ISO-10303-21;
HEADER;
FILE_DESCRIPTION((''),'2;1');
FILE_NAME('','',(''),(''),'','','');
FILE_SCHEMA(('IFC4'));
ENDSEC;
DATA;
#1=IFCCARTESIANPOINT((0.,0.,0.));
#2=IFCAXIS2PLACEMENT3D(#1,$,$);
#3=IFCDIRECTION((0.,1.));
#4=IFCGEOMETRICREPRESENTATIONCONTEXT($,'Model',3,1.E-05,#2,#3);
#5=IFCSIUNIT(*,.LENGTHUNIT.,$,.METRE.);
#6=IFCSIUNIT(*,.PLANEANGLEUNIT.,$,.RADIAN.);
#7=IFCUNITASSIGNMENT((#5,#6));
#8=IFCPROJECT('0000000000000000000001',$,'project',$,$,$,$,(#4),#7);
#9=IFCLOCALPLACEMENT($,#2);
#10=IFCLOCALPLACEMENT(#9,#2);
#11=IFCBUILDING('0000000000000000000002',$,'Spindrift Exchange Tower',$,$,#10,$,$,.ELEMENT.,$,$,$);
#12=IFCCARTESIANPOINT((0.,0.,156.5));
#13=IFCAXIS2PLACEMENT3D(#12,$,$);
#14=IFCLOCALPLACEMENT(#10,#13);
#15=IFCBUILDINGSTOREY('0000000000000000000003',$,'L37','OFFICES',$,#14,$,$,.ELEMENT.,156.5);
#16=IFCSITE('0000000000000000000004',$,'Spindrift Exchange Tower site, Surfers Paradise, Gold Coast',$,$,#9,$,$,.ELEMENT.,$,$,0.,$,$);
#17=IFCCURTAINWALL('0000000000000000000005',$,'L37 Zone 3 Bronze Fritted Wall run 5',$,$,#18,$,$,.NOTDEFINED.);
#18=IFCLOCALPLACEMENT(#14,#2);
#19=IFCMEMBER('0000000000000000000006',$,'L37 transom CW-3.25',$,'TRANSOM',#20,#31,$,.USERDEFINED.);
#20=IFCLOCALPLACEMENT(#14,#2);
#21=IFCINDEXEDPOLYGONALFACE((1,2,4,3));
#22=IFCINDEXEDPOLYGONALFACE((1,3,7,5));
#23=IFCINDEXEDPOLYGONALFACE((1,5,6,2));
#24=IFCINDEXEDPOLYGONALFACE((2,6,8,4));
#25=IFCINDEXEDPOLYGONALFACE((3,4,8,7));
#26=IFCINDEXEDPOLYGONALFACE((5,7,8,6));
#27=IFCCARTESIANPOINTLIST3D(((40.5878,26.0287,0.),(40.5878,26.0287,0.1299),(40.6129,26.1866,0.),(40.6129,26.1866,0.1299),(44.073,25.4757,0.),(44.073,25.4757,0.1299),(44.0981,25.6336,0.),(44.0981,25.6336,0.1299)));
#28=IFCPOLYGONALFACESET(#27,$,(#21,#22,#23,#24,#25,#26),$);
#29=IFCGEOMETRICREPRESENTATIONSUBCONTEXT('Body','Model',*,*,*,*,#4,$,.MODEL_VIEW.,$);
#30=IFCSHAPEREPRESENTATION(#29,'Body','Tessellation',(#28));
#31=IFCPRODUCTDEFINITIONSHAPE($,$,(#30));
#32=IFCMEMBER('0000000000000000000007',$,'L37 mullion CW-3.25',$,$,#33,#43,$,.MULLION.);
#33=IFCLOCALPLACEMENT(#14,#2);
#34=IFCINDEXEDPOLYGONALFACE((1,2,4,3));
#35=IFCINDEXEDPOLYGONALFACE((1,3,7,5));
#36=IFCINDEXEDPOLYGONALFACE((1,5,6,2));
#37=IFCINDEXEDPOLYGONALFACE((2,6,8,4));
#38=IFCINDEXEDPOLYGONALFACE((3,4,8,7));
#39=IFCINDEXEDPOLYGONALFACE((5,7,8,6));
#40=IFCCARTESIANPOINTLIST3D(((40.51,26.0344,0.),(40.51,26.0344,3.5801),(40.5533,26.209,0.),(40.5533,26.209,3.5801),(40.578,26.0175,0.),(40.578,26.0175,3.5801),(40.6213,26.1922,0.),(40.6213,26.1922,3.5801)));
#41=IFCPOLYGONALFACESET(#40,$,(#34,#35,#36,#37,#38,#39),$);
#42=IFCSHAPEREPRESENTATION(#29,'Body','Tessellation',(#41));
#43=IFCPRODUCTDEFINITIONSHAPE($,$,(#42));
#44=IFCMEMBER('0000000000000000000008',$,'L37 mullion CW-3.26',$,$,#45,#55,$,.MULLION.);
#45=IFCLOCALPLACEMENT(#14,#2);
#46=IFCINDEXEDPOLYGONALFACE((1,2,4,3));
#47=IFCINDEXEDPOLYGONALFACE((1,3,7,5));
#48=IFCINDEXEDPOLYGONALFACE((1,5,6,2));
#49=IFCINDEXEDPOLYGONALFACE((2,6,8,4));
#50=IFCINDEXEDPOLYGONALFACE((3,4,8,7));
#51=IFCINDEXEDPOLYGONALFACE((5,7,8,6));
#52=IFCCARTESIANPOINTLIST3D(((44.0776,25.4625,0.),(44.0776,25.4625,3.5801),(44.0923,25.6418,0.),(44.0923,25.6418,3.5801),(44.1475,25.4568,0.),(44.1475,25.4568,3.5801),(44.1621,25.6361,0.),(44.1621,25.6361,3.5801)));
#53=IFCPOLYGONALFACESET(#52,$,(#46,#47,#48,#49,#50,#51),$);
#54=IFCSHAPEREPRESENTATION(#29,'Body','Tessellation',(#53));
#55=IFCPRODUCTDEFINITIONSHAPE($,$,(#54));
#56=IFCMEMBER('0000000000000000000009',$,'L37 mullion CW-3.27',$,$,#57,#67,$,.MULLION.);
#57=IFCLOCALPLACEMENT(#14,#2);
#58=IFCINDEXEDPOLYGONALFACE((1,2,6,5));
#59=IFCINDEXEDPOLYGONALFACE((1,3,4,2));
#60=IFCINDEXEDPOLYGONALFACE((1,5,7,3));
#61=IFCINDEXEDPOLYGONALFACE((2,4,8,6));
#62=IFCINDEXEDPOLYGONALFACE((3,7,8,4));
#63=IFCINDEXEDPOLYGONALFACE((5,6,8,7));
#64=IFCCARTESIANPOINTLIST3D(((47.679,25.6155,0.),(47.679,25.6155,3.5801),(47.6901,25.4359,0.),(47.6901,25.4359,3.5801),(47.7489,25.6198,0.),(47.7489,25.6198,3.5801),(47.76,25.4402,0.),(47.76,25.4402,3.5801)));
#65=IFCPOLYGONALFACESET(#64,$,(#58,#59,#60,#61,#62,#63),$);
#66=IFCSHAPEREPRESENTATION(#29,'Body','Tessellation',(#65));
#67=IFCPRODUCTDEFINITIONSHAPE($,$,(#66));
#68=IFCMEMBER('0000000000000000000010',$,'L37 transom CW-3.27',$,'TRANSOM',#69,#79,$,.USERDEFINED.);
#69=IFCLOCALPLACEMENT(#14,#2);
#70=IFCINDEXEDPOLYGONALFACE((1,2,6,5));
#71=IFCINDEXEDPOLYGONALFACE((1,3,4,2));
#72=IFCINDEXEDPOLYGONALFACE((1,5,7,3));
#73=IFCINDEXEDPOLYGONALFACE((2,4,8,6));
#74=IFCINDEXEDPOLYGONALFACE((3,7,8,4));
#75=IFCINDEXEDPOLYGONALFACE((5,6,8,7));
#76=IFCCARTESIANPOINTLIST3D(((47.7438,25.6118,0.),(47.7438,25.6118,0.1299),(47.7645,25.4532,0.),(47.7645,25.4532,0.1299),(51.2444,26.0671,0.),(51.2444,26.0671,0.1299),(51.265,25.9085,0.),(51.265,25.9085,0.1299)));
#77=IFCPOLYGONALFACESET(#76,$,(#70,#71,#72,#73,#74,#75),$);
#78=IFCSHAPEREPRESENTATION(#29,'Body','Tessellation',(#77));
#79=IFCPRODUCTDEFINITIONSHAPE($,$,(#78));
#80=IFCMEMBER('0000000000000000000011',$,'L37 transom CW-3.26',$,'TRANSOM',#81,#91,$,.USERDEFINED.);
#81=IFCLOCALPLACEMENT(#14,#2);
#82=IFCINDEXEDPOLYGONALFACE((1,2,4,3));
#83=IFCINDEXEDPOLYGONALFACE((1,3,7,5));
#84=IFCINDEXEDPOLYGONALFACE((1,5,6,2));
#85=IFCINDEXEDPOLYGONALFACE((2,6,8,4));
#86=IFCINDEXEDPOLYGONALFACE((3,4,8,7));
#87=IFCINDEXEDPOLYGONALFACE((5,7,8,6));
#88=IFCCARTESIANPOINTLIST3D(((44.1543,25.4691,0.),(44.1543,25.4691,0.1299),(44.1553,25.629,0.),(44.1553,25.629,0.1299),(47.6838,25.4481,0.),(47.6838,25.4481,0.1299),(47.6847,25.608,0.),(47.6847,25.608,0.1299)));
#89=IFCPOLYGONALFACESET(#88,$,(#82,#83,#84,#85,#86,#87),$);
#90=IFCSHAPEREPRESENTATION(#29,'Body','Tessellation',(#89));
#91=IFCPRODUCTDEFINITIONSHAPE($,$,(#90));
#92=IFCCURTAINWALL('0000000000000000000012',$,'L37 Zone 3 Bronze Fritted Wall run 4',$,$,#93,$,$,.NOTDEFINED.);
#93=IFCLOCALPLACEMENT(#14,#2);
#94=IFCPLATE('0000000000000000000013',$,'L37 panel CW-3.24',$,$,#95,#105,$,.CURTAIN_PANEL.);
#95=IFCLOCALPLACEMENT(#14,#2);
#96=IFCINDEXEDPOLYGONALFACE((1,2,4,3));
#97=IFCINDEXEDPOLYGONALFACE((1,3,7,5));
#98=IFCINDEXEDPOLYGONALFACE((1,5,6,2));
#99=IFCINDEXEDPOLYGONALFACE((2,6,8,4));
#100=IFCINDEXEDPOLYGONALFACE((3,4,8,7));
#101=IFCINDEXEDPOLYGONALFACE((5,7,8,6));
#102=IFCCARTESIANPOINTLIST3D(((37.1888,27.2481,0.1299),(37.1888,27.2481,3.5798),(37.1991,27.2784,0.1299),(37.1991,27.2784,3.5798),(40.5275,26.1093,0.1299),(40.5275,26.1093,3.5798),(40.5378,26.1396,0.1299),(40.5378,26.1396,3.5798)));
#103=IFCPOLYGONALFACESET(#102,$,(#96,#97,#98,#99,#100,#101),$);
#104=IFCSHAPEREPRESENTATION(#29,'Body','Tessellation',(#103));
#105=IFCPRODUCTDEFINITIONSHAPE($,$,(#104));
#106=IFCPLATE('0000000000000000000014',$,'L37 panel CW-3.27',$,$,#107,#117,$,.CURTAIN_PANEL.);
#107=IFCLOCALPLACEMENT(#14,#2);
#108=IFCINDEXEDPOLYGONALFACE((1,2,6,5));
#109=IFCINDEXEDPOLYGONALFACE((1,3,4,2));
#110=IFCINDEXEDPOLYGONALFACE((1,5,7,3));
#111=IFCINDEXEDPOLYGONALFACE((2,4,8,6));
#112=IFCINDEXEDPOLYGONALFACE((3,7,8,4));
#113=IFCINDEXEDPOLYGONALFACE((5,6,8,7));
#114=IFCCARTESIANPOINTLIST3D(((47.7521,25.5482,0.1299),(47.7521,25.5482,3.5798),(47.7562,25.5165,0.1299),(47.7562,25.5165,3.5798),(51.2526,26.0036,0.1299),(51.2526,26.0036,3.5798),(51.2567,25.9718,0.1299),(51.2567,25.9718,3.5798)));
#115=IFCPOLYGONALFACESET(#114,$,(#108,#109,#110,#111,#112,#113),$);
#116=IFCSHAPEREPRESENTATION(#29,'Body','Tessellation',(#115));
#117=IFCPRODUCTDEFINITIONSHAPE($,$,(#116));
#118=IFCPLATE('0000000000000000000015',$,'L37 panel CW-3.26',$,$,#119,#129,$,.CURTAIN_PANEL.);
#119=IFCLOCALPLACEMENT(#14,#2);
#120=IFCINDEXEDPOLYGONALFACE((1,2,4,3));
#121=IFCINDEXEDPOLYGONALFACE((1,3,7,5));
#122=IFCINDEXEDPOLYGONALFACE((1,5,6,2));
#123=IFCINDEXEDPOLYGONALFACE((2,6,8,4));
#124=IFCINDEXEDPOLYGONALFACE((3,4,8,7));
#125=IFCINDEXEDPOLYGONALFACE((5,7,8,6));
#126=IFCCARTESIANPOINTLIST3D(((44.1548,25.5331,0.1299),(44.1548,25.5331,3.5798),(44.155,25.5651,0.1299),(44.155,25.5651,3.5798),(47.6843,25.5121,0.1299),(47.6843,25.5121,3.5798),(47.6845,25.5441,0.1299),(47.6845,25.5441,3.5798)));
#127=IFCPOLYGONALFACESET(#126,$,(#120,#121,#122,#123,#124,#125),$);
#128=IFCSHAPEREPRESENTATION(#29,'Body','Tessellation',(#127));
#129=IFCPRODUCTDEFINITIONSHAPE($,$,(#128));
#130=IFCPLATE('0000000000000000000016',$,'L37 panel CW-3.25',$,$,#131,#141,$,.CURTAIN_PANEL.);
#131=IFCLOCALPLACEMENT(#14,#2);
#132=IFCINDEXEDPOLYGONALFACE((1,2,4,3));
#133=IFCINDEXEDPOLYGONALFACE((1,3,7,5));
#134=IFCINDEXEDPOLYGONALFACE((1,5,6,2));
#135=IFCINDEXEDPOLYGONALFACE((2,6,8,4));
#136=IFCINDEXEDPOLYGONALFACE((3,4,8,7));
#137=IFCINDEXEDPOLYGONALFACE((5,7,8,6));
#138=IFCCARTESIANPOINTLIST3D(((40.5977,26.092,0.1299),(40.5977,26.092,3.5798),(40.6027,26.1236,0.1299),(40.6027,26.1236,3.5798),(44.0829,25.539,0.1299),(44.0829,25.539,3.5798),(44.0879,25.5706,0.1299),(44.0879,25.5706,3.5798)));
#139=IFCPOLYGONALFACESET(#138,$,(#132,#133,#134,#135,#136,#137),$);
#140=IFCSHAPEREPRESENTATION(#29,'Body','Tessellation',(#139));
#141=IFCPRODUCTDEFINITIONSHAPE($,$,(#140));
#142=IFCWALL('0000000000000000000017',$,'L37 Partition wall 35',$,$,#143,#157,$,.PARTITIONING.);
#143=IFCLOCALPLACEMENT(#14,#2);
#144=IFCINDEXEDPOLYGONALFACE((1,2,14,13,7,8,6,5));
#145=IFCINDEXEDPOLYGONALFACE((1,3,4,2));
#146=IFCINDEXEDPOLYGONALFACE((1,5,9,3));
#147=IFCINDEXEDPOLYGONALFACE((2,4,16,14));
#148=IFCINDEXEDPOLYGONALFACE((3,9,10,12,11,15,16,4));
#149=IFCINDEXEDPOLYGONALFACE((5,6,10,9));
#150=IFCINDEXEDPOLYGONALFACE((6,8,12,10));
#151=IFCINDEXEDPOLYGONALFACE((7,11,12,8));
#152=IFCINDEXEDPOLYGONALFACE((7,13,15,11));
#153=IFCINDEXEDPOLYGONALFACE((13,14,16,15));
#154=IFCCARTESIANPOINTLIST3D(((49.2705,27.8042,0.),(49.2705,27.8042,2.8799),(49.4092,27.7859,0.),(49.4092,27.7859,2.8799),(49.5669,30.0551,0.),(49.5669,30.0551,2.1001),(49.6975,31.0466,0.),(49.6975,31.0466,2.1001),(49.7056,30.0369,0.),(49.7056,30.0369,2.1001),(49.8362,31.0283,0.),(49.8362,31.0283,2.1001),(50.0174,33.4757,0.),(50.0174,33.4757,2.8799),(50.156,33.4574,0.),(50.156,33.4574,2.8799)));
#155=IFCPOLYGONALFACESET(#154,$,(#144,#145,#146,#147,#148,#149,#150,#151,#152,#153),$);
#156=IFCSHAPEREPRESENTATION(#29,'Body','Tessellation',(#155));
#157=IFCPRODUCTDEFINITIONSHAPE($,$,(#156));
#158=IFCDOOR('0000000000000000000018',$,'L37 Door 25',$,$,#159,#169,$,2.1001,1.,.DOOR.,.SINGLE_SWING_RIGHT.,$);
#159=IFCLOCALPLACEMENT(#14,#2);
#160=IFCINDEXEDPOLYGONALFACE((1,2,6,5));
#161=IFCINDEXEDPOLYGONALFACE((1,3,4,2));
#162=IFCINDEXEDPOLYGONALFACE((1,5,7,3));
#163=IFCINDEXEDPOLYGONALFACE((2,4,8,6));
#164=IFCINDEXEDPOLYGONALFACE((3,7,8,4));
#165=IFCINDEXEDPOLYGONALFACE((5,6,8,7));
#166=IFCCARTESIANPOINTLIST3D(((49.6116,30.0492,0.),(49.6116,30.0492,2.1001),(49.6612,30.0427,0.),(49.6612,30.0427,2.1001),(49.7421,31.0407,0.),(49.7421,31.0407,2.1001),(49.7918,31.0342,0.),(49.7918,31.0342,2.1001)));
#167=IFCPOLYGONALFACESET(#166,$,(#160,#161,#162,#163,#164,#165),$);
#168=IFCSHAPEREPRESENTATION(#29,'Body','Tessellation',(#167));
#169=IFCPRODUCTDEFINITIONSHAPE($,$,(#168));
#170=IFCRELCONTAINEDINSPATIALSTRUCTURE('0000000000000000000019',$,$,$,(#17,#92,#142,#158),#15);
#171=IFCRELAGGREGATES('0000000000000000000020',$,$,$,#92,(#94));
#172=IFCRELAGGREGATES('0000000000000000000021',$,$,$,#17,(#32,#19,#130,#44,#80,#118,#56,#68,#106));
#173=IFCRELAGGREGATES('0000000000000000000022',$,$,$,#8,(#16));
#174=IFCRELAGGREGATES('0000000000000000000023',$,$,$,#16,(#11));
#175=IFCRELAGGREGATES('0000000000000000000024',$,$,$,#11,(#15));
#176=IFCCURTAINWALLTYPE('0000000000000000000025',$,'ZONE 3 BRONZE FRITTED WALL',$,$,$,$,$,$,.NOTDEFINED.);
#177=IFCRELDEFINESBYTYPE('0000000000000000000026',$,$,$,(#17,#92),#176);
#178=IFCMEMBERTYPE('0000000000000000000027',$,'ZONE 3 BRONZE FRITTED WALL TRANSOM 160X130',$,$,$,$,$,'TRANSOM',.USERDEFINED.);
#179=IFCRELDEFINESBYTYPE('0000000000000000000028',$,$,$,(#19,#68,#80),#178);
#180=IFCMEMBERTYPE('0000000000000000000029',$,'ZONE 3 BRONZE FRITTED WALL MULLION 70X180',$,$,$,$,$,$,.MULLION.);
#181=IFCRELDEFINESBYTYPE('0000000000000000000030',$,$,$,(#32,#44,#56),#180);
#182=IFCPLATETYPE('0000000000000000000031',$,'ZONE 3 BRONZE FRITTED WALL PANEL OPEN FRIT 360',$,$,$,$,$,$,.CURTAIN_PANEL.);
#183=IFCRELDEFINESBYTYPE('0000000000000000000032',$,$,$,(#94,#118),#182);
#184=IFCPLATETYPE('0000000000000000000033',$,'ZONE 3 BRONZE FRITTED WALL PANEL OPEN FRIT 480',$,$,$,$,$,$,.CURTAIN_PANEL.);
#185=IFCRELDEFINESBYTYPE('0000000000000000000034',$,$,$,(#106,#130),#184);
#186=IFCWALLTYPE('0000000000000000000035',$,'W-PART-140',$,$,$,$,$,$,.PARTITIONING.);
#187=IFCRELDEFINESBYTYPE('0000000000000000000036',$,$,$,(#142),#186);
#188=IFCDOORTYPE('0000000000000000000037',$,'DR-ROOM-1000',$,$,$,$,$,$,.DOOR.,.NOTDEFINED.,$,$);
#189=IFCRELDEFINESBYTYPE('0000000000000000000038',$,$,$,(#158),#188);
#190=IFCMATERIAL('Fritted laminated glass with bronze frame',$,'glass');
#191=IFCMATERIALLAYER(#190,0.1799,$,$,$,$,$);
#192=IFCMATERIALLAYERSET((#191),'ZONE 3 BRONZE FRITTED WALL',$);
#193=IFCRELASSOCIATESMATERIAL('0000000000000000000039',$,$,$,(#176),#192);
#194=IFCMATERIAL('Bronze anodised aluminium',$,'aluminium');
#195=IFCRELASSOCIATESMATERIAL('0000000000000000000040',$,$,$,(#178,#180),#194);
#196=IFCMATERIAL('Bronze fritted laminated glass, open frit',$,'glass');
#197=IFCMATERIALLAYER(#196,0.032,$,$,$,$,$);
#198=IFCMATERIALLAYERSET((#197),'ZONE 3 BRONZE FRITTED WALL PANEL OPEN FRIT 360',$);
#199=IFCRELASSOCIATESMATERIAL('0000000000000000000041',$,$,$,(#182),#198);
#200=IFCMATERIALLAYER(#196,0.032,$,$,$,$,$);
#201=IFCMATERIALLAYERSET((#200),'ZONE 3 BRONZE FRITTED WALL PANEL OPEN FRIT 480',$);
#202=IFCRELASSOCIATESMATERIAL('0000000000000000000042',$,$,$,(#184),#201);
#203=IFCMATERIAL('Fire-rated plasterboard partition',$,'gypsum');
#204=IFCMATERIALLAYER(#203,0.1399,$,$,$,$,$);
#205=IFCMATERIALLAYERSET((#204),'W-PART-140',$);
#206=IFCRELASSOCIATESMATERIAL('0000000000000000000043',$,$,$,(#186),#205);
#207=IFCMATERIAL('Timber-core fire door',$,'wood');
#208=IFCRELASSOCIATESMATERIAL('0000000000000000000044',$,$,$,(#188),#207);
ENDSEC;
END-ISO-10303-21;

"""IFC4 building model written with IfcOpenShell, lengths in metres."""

from ifc_helpers import new_model, si_unit, direction, frame, frame_2d, origin, origin_2d, place, context, subcontext, project, spatial, rectangle, extrude, source, transform, mapped, material, layer, layer_set, material_profile, profile_set, type_object, element, fill, aggregate, save


model = new_model("IFC4")

# Units and contexts
model_context = context("Model", 3, precision=1e-05, world=origin(), true_north=direction((0.0, 1.0)))
body_context = subcontext(model_context, "Body", "Model", "MODEL_VIEW")
ifc_project = project(units=[si_unit("LENGTHUNIT", "METRE"), si_unit("PLANEANGLEUNIT", "RADIAN")], contexts=[model_context])

# Site, building, storey
site_placement = place(None, origin())
site = spatial("IfcSite", under=ifc_project, at=site_placement, Name="Spindrift Exchange Tower site, Surfers Paradise, Gold Coast", CompositionType="ELEMENT", RefElevation=0.0)
building_placement = place(site_placement, origin())
building = spatial("IfcBuilding", under=site, at=building_placement, Name="Spindrift Exchange Tower", CompositionType="ELEMENT")
storey_placement = place(building_placement, frame((0.0, 0.0, 156.5)))
storey = spatial("IfcBuildingStorey", under=building, at=storey_placement, Name="L37", Description="OFFICES", CompositionType="ELEMENT", Elevation=156.5)

# Curtain wall, members
ifc_material_1 = material(Name="Fritted laminated glass with bronze frame", Category="glass")
ifc_layer_1 = layer(ifc_material_1, 0.1799)
ifc_layer_set_1 = layer_set([ifc_layer_1], Name="ZONE 3 BRONZE FRITTED WALL")
curtain_wall_type = type_object("IfcCurtainWallType", Name="ZONE 3 BRONZE FRITTED WALL", PredefinedType="NOTDEFINED", material=ifc_layer_set_1)
curtain_wall_1_placement = place(storey_placement, origin())
curtain_wall_1 = element("IfcCurtainWall", 1, at=curtain_wall_1_placement, inside=storey, type_object=curtain_wall_type, Name="L37 Zone 3 Bronze Fritted Wall run 5", PredefinedType="NOTDEFINED")
ifc_material_2 = material(Name="Bronze anodised aluminium", Category="aluminium")
ifc_material_profile_1 = material_profile(ifc_material_2, rectangle(XDim=0.1599, YDim=0.1299, at=origin_2d()), Name="ZONE 3 BRONZE FRITTED WALL TRANSOM 160X130")
ifc_profile_set_1 = profile_set([ifc_material_profile_1], Name="Bronze anodised aluminium")
member_type_1 = type_object("IfcMemberType", Name="ZONE 3 BRONZE FRITTED WALL TRANSOM 160X130", ElementType="TRANSOM", PredefinedType="USERDEFINED", material=ifc_profile_set_1)
shared_shape_1 = source(origin(), body_context, "Body", "SweptSolid", [
    extrude(rectangle(XDim=0.1599, YDim=0.1299, at=origin_2d()), origin(), (0.0, 0.0, 1.0), 3.5288),
])
member_1_placement = place(storey_placement, frame((40.6003, 26.1077, 0.0649), z_axis=(0.987645, -0.156709, 0.0), x_axis=(0.156709, 0.987645, 0.0)))
member_1 = element("IfcMember", 2, at=member_1_placement, type_object=member_type_1, Name="L37 transom CW-3.25", ObjectType="TRANSOM", PredefinedType="USERDEFINED", context=body_context, shape_type="MappedRepresentation", body=[
    mapped(shared_shape_1, transform((0.0, 0.0, 0.0), scale=1.0)),
])
ifc_material_profile_2 = material_profile(ifc_material_2, rectangle(XDim=0.0701, YDim=0.1799, at=origin_2d()), Name="ZONE 3 BRONZE FRITTED WALL MULLION 70X180")
ifc_profile_set_2 = profile_set([ifc_material_profile_2], Name="Bronze anodised aluminium")
member_type_2 = type_object("IfcMemberType", Name="ZONE 3 BRONZE FRITTED WALL MULLION 70X180", PredefinedType="MULLION", material=ifc_profile_set_2)
shared_shape_2 = source(origin(), body_context, "Body", "SweptSolid", [
    extrude(rectangle(XDim=0.0701, YDim=0.1799, at=origin_2d()), origin(), (0.0, 0.0, 1.0), 3.5801),
])
member_2_placement = place(storey_placement, frame((40.5657, 26.1133, 0.0), z_axis=(0.0, 0.0, 1.0), x_axis=(0.970614, -0.240644, 0.0)))
member_2 = element("IfcMember", 3, at=member_2_placement, type_object=member_type_2, Name="L37 mullion CW-3.25", PredefinedType="MULLION", context=body_context, shape_type="MappedRepresentation", body=[
    mapped(shared_shape_2, transform((0.0, 0.0, 0.0), scale=1.0)),
])
member_3_placement = place(storey_placement, frame((44.1199, 25.5493, 0.0), z_axis=(0.0, 0.0, 1.0), x_axis=(0.996669, -0.081555, 0.0)))
member_3 = element("IfcMember", 4, at=member_3_placement, type_object=member_type_2, Name="L37 mullion CW-3.26", PredefinedType="MULLION", context=body_context, shape_type="MappedRepresentation", body=[
    mapped(shared_shape_2, transform((0.0, 0.0, 0.0), scale=1.0)),
])
member_4_placement = place(storey_placement, frame((47.7195, 25.5278, 0.0), z_axis=(0.0, 0.0, 1.0), x_axis=(0.998097, 0.061669, 0.0)))
member_4 = element("IfcMember", 5, at=member_4_placement, type_object=member_type_2, Name="L37 mullion CW-3.27", PredefinedType="MULLION", context=body_context, shape_type="MappedRepresentation", body=[
    mapped(shared_shape_2, transform((0.0, 0.0, 0.0), scale=1.0)),
])
shared_shape_3 = source(origin(), body_context, "Body", "SweptSolid", [
    extrude(rectangle(XDim=0.1599, YDim=0.1299, at=origin_2d()), origin(), (0.0, 0.0, 1.0), 3.53),
])
member_5_placement = place(storey_placement, frame((47.7542, 25.5325, 0.0649), z_axis=(0.991646, 0.128987, 0.0), x_axis=(-0.128987, 0.991646, 0.0)))
member_5 = element("IfcMember", 6, at=member_5_placement, type_object=member_type_1, Name="L37 transom CW-3.27", ObjectType="TRANSOM", PredefinedType="USERDEFINED", context=body_context, shape_type="MappedRepresentation", body=[
    mapped(shared_shape_3, transform((0.0, 0.0, 0.0), scale=1.0)),
])
shared_shape_4 = source(origin(), body_context, "Body", "SweptSolid", [
    extrude(rectangle(XDim=0.1599, YDim=0.1299, at=origin_2d()), origin(), (0.0, 0.0, 1.0), 3.5295),
])
member_6_placement = place(storey_placement, frame((44.1548, 25.5491, 0.0649), z_axis=(0.999982, -0.005949, 0.0), x_axis=(0.005949, 0.999982, 0.0)))
member_6 = element("IfcMember", 7, at=member_6_placement, type_object=member_type_1, Name="L37 transom CW-3.26", ObjectType="TRANSOM", PredefinedType="USERDEFINED", context=body_context, shape_type="MappedRepresentation", body=[
    mapped(shared_shape_4, transform((0.0, 0.0, 0.0), scale=1.0)),
])

# Curtain wall, plate
curtain_wall_2_placement = place(storey_placement, origin())
curtain_wall_2 = element("IfcCurtainWall", 8, at=curtain_wall_2_placement, inside=storey, type_object=curtain_wall_type, Name="L37 Zone 3 Bronze Fritted Wall run 4", PredefinedType="NOTDEFINED")
ifc_material_3 = material(Name="Bronze fritted laminated glass, open frit", Category="glass")
ifc_layer_2 = layer(ifc_material_3, 0.032)
ifc_layer_set_2 = layer_set([ifc_layer_2], Name="ZONE 3 BRONZE FRITTED WALL PANEL OPEN FRIT 360")
plate_type_1 = type_object("IfcPlateType", Name="ZONE 3 BRONZE FRITTED WALL PANEL OPEN FRIT 360", PredefinedType="CURTAIN_PANEL", material=ifc_layer_set_2)
shared_shape_5 = source(origin(), body_context, "Body", "SweptSolid", [
    extrude(rectangle(XDim=3.5276, YDim=0.032, at=origin_2d()), origin(), (0.0, 0.0, 1.0), 3.45),
])
plate_1_placement = place(storey_placement, frame((38.8633, 26.6938, 0.1299), z_axis=(0.0, 0.0, 1.0), x_axis=(0.946459, -0.322824, 0.0)))
plate_1 = element("IfcPlate", 9, at=plate_1_placement, type_object=plate_type_1, Name="L37 panel CW-3.24", PredefinedType="CURTAIN_PANEL", context=body_context, shape_type="MappedRepresentation", body=[
    mapped(shared_shape_5, transform((0.0, 0.0, 0.0), scale=1.0)),
])
aggregate(curtain_wall_2, [plate_1])

# Plates
ifc_layer_3 = layer(ifc_material_3, 0.032)
ifc_layer_set_3 = layer_set([ifc_layer_3], Name="ZONE 3 BRONZE FRITTED WALL PANEL OPEN FRIT 480")
plate_type_2 = type_object("IfcPlateType", Name="ZONE 3 BRONZE FRITTED WALL PANEL OPEN FRIT 480", PredefinedType="CURTAIN_PANEL", material=ifc_layer_set_3)
shared_shape_6 = source(origin(), body_context, "Body", "SweptSolid", [
    extrude(rectangle(XDim=3.53, YDim=0.032, at=origin_2d()), origin(), (0.0, 0.0, 1.0), 3.45),
])
plate_2_placement = place(storey_placement, frame((49.5044, 25.76, 0.1299), z_axis=(0.0, 0.0, 1.0), x_axis=(0.991644, 0.129002, 0.0)))
plate_2 = element("IfcPlate", 10, at=plate_2_placement, type_object=plate_type_2, Name="L37 panel CW-3.27", PredefinedType="CURTAIN_PANEL", context=body_context, shape_type="MappedRepresentation", body=[
    mapped(shared_shape_6, transform((0.0, 0.0, 0.0), scale=1.0)),
])
shared_shape_7 = source(origin(), body_context, "Body", "SweptSolid", [
    extrude(rectangle(XDim=3.5295, YDim=0.032, at=origin_2d()), origin(), (0.0, 0.0, 1.0), 3.45),
])
plate_3_placement = place(storey_placement, frame((45.9197, 25.5386, 0.1299), z_axis=(0.0, 0.0, 1.0), x_axis=(0.999982, -0.005945, 0.0)))
plate_3 = element("IfcPlate", 11, at=plate_3_placement, type_object=plate_type_1, Name="L37 panel CW-3.26", PredefinedType="CURTAIN_PANEL", context=body_context, shape_type="MappedRepresentation", body=[
    mapped(shared_shape_7, transform((0.0, 0.0, 0.0), scale=1.0)),
])
shared_shape_8 = source(origin(), body_context, "Body", "SweptSolid", [
    extrude(rectangle(XDim=3.5288, YDim=0.032, at=origin_2d()), origin(), (0.0, 0.0, 1.0), 3.45),
])
plate_4_placement = place(storey_placement, frame((42.3428, 25.8313, 0.1299), z_axis=(0.0, 0.0, 1.0), x_axis=(0.987647, -0.156698, 0.0)))
plate_4 = element("IfcPlate", 12, at=plate_4_placement, type_object=plate_type_2, Name="L37 panel CW-3.25", PredefinedType="CURTAIN_PANEL", context=body_context, shape_type="MappedRepresentation", body=[
    mapped(shared_shape_8, transform((0.0, 0.0, 0.0), scale=1.0)),
])
aggregate(curtain_wall_1, [member_2, member_1, plate_4, member_3, member_6, plate_3, member_4, member_5, plate_2])

# Wall, opening, door
ifc_material_4 = material(Name="Fire-rated plasterboard partition", Category="gypsum")
ifc_layer_4 = layer(ifc_material_4, 0.1399)
ifc_layer_set_4 = layer_set([ifc_layer_4], Name="W-PART-140")
wall_type = type_object("IfcWallType", Name="W-PART-140", PredefinedType="PARTITIONING", material=ifc_layer_set_4)
wall_1_placement = place(storey_placement, frame((49.3398, 27.7949, 0.0), z_axis=(0.0, 0.0, 1.0), x_axis=(0.130556, 0.991441, 0.0)))
wall_1 = element("IfcWall", 13, at=wall_1_placement, inside=storey, type_object=wall_type, Name="L37 Partition wall 35", PredefinedType="PARTITIONING", context=body_context, shape_type="SweptSolid", body=[
    extrude(rectangle(XDim=5.7205, YDim=0.1399, at=frame_2d((2.8604, 0.0))), origin(), (0.0, 0.0, 1.0), 2.8799),
])
opening_placement = place(wall_1_placement, frame((2.2705, 0.0, 0.0)))
opening = element("IfcOpeningElement", 14, at=opening_placement, cuts=wall_1, PredefinedType="OPENING", context=body_context, shape_type="SweptSolid", body=[
    extrude(rectangle(XDim=1.0, YDim=2.1001, at=frame_2d((0.5, 1.05))), frame((0.0, 0.0798, 0.0), z_axis=(0.0, -1.0, 0.0), x_axis=(1.0, 0.0, 0.0)), (0.0, 0.0, 1.0), 0.1599),
])
ifc_material_5 = material(Name="Timber-core fire door", Category="wood")
door_type = type_object("IfcDoorType", Name="DR-ROOM-1000", OperationType="NOTDEFINED", PredefinedType="DOOR", material=ifc_material_5)
shared_shape_9 = source(origin(), body_context, "Body", "SweptSolid", [
    extrude(rectangle(XDim=1.0, YDim=2.1001, at=frame_2d((0.5, 1.05))), frame((0.0, 0.0249, 0.0), z_axis=(0.0, -1.0, 0.0), x_axis=(1.0, 0.0, 0.0)), (0.0, 0.0, 1.0), 0.05),
])
door_placement = place(opening_placement, origin())
door = element("IfcDoor", 15, at=door_placement, inside=storey, type_object=door_type, Name="L37 Door 25", OperationType="SINGLE_SWING_RIGHT", OverallHeight=2.1001, OverallWidth=1.0, PredefinedType="DOOR", context=body_context, shape_type="MappedRepresentation", body=[
    mapped(shared_shape_9, transform((0.0, 0.0, 0.0), scale=1.0)),
])
fill(opening, door)

save(model, "model.ifc")
